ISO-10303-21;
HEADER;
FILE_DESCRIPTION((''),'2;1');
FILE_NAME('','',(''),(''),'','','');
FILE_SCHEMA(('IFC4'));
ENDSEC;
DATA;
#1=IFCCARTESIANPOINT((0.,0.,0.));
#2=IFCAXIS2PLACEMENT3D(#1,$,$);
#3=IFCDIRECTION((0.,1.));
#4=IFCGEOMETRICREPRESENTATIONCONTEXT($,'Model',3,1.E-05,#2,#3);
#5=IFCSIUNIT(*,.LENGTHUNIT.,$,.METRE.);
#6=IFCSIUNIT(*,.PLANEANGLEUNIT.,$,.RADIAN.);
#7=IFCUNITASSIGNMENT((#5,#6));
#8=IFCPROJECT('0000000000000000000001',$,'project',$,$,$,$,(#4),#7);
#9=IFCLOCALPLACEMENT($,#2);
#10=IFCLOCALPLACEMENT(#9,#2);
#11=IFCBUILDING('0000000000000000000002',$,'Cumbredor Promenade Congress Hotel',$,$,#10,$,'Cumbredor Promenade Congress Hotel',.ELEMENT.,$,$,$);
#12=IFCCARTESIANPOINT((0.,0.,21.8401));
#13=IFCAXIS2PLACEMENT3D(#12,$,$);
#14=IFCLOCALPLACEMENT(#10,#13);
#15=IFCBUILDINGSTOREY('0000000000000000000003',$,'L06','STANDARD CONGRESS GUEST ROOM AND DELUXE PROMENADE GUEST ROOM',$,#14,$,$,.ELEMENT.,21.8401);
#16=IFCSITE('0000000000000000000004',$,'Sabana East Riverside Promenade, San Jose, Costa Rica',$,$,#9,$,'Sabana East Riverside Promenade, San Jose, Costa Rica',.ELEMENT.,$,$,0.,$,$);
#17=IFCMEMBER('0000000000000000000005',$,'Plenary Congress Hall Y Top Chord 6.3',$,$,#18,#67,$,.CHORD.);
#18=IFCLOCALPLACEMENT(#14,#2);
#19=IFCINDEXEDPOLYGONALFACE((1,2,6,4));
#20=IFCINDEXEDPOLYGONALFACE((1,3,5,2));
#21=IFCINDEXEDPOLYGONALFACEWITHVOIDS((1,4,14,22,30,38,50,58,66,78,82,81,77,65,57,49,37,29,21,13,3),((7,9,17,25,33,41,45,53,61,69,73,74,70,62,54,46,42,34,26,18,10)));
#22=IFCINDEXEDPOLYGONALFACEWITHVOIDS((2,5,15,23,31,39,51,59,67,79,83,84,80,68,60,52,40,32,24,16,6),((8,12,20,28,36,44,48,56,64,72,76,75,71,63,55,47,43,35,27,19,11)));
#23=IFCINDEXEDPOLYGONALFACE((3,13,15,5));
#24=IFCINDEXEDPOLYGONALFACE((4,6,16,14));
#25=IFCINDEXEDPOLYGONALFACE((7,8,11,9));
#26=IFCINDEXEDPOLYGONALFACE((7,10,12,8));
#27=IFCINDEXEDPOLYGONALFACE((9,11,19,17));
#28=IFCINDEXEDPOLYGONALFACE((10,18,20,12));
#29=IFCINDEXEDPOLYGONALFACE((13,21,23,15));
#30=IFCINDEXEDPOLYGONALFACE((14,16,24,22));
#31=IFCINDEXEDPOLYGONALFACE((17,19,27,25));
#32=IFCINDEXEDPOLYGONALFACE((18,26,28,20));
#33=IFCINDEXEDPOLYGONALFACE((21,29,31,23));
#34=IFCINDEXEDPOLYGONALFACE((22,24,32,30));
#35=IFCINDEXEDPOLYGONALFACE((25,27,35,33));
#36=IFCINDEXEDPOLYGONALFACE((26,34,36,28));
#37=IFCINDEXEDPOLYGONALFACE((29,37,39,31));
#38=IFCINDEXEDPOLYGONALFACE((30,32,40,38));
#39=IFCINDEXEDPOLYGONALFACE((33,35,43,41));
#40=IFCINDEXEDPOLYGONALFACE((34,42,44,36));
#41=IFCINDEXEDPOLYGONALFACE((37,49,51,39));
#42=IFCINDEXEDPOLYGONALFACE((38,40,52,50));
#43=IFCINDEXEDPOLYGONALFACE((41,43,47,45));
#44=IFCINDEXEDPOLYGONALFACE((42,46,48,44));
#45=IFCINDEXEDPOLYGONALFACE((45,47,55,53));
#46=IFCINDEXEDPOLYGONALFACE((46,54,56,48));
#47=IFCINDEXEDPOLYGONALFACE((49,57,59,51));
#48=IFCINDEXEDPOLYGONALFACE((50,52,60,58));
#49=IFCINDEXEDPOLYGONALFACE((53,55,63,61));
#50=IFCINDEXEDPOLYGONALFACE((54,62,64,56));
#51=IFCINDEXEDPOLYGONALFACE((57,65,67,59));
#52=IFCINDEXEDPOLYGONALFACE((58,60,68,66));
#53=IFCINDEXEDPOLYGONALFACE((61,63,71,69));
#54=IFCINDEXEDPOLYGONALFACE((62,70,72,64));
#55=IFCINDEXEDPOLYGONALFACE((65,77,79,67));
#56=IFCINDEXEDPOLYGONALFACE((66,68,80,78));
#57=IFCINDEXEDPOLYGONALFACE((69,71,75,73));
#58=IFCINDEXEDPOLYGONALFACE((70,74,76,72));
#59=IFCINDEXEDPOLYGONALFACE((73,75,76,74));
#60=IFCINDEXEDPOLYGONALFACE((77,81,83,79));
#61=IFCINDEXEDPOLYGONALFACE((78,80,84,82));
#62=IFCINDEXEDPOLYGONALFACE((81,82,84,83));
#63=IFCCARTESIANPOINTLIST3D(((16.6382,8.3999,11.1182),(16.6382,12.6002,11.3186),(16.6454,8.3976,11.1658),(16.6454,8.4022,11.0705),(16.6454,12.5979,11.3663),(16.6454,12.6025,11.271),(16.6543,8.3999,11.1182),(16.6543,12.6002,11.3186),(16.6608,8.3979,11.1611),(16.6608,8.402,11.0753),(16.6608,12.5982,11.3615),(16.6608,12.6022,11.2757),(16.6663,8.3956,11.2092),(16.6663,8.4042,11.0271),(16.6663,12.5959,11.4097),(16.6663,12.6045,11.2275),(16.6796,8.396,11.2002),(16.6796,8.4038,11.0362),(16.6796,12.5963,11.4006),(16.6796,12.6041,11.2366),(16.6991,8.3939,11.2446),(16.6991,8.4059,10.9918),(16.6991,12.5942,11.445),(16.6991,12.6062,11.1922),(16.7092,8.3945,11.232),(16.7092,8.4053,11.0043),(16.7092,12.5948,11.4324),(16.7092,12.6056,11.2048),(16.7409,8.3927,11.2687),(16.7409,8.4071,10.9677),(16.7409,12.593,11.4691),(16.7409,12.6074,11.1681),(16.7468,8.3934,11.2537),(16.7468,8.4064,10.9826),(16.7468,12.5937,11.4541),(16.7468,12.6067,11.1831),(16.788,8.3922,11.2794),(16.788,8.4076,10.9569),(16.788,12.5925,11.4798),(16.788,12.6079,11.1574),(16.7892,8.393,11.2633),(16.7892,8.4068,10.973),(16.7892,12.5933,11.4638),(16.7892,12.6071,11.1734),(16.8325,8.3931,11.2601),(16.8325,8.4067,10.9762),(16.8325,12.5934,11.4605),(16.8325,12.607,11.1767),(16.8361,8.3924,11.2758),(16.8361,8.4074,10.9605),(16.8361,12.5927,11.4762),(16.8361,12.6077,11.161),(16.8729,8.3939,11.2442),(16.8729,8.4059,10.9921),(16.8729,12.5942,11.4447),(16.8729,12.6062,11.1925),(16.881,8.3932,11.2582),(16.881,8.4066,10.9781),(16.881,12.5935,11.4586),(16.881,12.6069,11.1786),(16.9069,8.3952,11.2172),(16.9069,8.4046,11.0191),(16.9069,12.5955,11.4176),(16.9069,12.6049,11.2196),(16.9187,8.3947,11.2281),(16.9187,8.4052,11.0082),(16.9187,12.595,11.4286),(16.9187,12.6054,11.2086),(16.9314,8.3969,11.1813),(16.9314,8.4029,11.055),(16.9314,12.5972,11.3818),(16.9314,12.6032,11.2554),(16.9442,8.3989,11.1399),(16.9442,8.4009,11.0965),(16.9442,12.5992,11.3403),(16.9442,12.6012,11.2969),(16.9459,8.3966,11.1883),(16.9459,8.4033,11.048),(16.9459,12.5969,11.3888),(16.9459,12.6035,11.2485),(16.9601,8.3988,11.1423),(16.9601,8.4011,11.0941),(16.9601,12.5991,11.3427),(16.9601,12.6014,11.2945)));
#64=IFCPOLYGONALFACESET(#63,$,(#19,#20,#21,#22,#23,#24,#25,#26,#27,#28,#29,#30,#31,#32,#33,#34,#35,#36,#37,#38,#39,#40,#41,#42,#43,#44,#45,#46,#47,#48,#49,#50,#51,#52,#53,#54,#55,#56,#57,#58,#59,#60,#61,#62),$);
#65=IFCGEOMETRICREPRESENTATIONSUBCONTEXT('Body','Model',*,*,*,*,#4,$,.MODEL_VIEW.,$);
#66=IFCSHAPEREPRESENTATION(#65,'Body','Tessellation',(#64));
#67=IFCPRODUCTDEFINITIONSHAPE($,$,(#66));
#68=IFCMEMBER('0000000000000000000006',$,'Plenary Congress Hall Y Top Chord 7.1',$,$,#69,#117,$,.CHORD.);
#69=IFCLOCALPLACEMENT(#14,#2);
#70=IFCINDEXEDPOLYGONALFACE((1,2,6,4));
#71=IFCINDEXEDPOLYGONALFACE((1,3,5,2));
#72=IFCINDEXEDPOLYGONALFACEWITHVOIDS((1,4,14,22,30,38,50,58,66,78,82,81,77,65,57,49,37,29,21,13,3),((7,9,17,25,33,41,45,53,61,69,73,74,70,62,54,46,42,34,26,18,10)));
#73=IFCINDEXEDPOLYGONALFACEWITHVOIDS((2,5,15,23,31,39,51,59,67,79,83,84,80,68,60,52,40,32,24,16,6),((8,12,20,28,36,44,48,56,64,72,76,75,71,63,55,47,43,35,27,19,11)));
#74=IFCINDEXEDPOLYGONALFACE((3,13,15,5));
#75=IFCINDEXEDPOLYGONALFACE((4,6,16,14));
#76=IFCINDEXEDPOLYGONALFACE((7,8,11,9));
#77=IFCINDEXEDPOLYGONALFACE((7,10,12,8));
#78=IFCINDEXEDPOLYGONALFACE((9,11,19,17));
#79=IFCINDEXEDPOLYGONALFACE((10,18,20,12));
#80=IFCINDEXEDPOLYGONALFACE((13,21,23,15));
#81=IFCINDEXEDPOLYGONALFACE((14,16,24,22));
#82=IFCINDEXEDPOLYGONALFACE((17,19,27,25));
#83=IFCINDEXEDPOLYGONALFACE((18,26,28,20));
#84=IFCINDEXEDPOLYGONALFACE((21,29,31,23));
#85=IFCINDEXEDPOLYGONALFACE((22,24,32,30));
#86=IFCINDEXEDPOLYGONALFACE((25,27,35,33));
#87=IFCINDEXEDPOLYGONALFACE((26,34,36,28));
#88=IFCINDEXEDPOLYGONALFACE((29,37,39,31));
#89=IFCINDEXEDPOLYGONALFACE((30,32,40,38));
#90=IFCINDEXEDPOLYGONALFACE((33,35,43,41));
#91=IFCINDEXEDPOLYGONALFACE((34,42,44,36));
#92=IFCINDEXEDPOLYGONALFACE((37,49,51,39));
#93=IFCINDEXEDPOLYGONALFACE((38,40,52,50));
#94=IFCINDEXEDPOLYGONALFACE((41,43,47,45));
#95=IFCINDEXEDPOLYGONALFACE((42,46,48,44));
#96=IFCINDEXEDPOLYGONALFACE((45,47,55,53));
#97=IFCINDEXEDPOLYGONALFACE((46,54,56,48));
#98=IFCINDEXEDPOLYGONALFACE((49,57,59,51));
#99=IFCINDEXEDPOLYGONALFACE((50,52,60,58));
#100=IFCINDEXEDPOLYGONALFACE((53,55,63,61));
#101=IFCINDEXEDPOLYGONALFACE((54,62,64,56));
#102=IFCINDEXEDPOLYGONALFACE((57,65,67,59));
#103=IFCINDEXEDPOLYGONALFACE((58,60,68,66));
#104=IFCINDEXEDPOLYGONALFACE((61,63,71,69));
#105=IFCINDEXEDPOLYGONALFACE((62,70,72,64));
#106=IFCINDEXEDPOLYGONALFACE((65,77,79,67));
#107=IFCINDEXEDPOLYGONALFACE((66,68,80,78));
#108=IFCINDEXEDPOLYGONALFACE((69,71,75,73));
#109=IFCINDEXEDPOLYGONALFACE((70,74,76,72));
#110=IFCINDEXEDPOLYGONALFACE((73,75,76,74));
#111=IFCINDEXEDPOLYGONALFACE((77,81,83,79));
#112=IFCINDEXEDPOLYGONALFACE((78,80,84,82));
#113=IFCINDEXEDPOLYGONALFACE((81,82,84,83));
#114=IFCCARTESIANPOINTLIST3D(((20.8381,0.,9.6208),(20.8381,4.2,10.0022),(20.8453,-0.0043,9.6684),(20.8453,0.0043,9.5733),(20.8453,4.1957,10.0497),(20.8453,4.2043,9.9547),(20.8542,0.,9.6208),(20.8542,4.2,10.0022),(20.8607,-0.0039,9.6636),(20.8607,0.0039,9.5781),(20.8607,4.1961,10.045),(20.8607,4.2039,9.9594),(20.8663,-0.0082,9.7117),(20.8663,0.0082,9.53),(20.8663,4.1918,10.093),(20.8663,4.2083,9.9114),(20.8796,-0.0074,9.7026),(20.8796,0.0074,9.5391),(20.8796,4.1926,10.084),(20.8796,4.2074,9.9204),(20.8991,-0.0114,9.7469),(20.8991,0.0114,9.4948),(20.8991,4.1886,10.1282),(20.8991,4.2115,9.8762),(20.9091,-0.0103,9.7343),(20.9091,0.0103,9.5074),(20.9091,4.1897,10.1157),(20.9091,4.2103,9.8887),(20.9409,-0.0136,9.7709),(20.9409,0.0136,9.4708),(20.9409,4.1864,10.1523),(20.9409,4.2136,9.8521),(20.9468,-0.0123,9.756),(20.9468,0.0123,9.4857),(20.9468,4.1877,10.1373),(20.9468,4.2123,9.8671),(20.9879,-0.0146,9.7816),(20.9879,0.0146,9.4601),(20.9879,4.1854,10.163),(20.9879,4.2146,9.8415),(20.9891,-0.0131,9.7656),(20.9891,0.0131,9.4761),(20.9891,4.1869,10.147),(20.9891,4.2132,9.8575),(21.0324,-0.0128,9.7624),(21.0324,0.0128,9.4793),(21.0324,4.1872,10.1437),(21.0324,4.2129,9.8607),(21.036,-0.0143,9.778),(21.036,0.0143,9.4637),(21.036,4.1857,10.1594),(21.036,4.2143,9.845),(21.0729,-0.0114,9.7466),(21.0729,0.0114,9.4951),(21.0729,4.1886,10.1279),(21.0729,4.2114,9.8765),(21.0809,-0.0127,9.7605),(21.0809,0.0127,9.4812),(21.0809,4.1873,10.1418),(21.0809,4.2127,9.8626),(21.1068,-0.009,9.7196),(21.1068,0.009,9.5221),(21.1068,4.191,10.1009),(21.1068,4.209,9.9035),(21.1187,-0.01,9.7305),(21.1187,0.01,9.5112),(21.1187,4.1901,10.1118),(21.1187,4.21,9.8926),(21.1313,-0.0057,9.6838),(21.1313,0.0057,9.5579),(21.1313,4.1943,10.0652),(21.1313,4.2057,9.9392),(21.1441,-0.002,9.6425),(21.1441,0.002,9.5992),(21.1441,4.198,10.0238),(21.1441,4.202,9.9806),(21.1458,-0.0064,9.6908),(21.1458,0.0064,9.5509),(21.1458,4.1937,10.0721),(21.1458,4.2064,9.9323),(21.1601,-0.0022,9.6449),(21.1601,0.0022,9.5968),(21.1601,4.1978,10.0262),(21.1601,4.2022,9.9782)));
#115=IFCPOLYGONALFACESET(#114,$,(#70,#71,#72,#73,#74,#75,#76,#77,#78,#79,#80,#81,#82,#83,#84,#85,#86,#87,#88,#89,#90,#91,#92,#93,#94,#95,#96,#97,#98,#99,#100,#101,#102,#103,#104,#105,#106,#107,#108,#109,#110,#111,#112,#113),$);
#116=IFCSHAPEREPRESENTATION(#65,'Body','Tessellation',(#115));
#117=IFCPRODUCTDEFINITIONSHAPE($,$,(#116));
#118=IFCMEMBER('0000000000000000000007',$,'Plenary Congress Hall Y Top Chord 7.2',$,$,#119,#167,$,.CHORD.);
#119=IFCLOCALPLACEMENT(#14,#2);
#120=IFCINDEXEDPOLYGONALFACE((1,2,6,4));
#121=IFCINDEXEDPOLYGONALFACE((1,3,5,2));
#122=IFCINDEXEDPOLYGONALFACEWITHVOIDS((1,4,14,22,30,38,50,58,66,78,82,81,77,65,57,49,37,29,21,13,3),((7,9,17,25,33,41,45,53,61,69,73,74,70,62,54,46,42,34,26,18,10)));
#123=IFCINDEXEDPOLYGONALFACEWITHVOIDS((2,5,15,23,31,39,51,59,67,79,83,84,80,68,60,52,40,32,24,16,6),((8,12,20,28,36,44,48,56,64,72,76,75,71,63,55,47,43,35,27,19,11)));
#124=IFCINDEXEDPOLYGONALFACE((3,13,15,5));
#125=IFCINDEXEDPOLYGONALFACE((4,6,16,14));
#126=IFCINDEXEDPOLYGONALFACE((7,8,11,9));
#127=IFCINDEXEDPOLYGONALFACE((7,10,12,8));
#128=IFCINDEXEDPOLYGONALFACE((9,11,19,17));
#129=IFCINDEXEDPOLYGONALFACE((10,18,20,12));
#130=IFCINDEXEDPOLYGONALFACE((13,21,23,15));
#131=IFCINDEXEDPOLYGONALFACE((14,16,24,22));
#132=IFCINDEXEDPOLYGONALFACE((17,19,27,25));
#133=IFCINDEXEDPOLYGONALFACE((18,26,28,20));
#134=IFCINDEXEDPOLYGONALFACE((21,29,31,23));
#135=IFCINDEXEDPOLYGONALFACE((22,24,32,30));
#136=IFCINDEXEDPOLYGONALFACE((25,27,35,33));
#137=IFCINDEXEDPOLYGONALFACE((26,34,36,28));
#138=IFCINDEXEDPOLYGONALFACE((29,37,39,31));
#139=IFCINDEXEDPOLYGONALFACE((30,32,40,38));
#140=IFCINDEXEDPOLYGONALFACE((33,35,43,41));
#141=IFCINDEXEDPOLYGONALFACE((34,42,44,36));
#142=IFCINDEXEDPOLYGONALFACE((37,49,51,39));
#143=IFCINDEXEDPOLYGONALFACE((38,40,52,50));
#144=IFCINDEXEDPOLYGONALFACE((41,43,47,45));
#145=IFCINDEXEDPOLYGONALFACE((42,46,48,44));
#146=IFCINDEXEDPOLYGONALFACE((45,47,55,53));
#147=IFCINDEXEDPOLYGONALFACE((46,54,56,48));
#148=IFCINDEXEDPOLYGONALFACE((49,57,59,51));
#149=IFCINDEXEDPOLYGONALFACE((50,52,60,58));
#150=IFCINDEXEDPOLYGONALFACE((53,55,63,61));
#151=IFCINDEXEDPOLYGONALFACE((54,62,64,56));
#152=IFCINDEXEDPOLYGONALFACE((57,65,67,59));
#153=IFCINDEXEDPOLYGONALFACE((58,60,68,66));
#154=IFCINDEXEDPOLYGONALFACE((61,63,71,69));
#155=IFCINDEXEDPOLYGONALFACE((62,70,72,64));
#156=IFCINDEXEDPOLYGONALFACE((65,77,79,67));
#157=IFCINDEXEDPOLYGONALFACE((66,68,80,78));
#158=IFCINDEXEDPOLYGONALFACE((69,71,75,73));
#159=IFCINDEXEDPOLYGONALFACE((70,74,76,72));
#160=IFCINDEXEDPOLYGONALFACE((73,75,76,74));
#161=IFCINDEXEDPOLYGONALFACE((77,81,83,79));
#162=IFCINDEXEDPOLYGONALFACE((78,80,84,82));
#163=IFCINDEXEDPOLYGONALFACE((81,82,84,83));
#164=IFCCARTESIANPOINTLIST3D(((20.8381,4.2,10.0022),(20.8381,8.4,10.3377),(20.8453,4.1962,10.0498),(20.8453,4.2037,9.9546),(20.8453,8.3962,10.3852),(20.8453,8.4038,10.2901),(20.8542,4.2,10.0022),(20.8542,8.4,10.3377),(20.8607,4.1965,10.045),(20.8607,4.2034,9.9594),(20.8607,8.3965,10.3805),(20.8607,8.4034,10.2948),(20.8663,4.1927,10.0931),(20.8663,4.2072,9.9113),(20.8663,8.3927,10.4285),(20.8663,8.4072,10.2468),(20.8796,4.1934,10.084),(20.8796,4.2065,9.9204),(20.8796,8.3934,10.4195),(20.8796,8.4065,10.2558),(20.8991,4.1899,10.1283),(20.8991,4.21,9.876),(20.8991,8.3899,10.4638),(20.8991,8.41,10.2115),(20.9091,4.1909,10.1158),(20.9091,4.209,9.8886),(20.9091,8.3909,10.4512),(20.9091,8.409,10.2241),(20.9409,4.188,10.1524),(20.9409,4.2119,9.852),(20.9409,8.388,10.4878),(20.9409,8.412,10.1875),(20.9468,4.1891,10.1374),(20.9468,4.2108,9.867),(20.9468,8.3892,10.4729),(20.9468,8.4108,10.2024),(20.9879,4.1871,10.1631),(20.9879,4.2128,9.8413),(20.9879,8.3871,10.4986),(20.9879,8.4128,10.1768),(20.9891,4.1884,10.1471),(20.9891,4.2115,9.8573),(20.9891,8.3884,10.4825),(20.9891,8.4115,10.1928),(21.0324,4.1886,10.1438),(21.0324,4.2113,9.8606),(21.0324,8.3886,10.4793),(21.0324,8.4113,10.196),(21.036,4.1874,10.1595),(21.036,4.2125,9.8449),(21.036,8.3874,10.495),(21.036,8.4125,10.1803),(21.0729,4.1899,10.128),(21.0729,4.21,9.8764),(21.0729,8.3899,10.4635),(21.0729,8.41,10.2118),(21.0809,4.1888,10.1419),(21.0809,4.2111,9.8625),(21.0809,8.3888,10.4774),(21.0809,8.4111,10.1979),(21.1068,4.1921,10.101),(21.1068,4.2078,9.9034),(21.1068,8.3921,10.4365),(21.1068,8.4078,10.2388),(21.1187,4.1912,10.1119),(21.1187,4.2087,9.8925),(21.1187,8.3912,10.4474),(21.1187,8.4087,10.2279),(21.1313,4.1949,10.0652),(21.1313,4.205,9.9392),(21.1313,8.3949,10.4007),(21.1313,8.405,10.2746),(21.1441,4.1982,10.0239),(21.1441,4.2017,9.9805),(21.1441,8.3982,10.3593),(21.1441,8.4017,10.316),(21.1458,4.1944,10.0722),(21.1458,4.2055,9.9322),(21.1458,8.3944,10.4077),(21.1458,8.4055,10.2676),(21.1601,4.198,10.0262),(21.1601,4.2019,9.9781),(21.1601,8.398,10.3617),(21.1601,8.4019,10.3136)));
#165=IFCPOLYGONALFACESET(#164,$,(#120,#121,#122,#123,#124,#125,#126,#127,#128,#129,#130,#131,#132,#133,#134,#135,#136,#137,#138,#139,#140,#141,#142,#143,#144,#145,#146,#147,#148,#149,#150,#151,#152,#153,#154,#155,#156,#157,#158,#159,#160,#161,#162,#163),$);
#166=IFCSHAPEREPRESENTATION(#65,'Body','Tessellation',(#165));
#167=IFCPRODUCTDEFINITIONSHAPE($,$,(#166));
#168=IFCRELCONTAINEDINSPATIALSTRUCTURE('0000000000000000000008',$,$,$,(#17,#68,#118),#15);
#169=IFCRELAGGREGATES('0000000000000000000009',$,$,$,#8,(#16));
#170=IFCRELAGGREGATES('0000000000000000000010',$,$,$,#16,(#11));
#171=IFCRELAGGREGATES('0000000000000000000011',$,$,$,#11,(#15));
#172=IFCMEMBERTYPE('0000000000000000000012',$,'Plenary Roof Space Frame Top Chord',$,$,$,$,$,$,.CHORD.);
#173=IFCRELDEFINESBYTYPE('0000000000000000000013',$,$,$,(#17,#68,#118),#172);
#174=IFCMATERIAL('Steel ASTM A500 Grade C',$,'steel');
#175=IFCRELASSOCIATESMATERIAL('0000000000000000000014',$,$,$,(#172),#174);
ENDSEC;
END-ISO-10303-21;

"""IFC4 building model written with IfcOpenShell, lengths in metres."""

from ifc_helpers import new_model, si_unit, direction, frame, origin, origin_2d, place, context, subcontext, project, spatial, hollow_circle, extrude, material, material_profile, profile_set, type_object, element, save


model = new_model("IFC4")

# Units and contexts
model_context = context("Model", 3, precision=1e-05, world=origin(), true_north=direction((0.0, 1.0)))
body_context = subcontext(model_context, "Body", "Model", "MODEL_VIEW")
ifc_project = project(units=[si_unit("LENGTHUNIT", "METRE"), si_unit("PLANEANGLEUNIT", "RADIAN")], contexts=[model_context])

# Site, building, storey
site_placement = place(None, origin())
site = spatial("IfcSite", under=ifc_project, at=site_placement, Name="Sabana East Riverside Promenade, San Jose, Costa Rica", LongName="Sabana East Riverside Promenade, San Jose, Costa Rica", CompositionType="ELEMENT", RefElevation=0.0)
building_placement = place(site_placement, origin())
building = spatial("IfcBuilding", under=site, at=building_placement, Name="Cumbredor Promenade Congress Hotel", LongName="Cumbredor Promenade Congress Hotel", CompositionType="ELEMENT")
storey_placement = place(building_placement, frame((0.0, 0.0, 21.8401)))
storey = spatial("IfcBuildingStorey", under=building, at=storey_placement, Name="L06", Description="STANDARD CONGRESS GUEST ROOM AND DELUXE PROMENADE GUEST ROOM", CompositionType="ELEMENT", Elevation=21.8401)

# Members
ifc_material_1 = material(Name="Steel ASTM A500 Grade C", Category="steel")
ifc_material_profile_1 = material_profile(ifc_material_1, hollow_circle(Radius=0.1619, WallThickness=0.0161, at=origin_2d()), Name="CHS 323.9x16")
ifc_profile_set_1 = profile_set([ifc_material_profile_1], Name="Steel ASTM A500 Grade C")
member_type_1 = type_object("IfcMemberType", Name="Plenary Roof Space Frame Top Chord", PredefinedType="CHORD", material=ifc_profile_set_1)
member_1_placement = place(storey_placement, frame((16.8, 8.3999, 11.1182), z_axis=(0.0, 0.998863, 0.047667), x_axis=(-1.0, 0.0, 0.0)))
element("IfcMember", 1, at=member_1_placement, inside=storey, type_object=member_type_1, Name="Plenary Congress Hall Y Top Chord 6.3", PredefinedType="CHORD", context=body_context, shape_type="SweptSolid", body=[
    extrude(hollow_circle(Radius=0.1619, WallThickness=0.0161, at=origin_2d()), origin(), (0.0, 0.0, 1.0), 4.2051),
])
member_2_placement = place(storey_placement, frame((21.0, 0.0, 9.6208), z_axis=(0.0, 0.995903, 0.090426), x_axis=(-1.0, 0.0, 0.0)))
element("IfcMember", 2, at=member_2_placement, inside=storey, type_object=member_type_1, Name="Plenary Congress Hall Y Top Chord 7.1", PredefinedType="CHORD", context=body_context, shape_type="SweptSolid", body=[
    extrude(hollow_circle(Radius=0.1619, WallThickness=0.0161, at=origin_2d()), origin(), (0.0, 0.0, 1.0), 4.2173),
])
member_3_placement = place(storey_placement, frame((21.0, 4.2, 10.0022), z_axis=(0.0, 0.996826, 0.079616), x_axis=(-1.0, 0.0, 0.0)))
element("IfcMember", 3, at=member_3_placement, inside=storey, type_object=member_type_1, Name="Plenary Congress Hall Y Top Chord 7.2", PredefinedType="CHORD", context=body_context, shape_type="SweptSolid", body=[
    extrude(hollow_circle(Radius=0.1619, WallThickness=0.0161, at=origin_2d()), origin(), (0.0, 0.0, 1.0), 4.2134),
])

save(model, "model.ifc")
